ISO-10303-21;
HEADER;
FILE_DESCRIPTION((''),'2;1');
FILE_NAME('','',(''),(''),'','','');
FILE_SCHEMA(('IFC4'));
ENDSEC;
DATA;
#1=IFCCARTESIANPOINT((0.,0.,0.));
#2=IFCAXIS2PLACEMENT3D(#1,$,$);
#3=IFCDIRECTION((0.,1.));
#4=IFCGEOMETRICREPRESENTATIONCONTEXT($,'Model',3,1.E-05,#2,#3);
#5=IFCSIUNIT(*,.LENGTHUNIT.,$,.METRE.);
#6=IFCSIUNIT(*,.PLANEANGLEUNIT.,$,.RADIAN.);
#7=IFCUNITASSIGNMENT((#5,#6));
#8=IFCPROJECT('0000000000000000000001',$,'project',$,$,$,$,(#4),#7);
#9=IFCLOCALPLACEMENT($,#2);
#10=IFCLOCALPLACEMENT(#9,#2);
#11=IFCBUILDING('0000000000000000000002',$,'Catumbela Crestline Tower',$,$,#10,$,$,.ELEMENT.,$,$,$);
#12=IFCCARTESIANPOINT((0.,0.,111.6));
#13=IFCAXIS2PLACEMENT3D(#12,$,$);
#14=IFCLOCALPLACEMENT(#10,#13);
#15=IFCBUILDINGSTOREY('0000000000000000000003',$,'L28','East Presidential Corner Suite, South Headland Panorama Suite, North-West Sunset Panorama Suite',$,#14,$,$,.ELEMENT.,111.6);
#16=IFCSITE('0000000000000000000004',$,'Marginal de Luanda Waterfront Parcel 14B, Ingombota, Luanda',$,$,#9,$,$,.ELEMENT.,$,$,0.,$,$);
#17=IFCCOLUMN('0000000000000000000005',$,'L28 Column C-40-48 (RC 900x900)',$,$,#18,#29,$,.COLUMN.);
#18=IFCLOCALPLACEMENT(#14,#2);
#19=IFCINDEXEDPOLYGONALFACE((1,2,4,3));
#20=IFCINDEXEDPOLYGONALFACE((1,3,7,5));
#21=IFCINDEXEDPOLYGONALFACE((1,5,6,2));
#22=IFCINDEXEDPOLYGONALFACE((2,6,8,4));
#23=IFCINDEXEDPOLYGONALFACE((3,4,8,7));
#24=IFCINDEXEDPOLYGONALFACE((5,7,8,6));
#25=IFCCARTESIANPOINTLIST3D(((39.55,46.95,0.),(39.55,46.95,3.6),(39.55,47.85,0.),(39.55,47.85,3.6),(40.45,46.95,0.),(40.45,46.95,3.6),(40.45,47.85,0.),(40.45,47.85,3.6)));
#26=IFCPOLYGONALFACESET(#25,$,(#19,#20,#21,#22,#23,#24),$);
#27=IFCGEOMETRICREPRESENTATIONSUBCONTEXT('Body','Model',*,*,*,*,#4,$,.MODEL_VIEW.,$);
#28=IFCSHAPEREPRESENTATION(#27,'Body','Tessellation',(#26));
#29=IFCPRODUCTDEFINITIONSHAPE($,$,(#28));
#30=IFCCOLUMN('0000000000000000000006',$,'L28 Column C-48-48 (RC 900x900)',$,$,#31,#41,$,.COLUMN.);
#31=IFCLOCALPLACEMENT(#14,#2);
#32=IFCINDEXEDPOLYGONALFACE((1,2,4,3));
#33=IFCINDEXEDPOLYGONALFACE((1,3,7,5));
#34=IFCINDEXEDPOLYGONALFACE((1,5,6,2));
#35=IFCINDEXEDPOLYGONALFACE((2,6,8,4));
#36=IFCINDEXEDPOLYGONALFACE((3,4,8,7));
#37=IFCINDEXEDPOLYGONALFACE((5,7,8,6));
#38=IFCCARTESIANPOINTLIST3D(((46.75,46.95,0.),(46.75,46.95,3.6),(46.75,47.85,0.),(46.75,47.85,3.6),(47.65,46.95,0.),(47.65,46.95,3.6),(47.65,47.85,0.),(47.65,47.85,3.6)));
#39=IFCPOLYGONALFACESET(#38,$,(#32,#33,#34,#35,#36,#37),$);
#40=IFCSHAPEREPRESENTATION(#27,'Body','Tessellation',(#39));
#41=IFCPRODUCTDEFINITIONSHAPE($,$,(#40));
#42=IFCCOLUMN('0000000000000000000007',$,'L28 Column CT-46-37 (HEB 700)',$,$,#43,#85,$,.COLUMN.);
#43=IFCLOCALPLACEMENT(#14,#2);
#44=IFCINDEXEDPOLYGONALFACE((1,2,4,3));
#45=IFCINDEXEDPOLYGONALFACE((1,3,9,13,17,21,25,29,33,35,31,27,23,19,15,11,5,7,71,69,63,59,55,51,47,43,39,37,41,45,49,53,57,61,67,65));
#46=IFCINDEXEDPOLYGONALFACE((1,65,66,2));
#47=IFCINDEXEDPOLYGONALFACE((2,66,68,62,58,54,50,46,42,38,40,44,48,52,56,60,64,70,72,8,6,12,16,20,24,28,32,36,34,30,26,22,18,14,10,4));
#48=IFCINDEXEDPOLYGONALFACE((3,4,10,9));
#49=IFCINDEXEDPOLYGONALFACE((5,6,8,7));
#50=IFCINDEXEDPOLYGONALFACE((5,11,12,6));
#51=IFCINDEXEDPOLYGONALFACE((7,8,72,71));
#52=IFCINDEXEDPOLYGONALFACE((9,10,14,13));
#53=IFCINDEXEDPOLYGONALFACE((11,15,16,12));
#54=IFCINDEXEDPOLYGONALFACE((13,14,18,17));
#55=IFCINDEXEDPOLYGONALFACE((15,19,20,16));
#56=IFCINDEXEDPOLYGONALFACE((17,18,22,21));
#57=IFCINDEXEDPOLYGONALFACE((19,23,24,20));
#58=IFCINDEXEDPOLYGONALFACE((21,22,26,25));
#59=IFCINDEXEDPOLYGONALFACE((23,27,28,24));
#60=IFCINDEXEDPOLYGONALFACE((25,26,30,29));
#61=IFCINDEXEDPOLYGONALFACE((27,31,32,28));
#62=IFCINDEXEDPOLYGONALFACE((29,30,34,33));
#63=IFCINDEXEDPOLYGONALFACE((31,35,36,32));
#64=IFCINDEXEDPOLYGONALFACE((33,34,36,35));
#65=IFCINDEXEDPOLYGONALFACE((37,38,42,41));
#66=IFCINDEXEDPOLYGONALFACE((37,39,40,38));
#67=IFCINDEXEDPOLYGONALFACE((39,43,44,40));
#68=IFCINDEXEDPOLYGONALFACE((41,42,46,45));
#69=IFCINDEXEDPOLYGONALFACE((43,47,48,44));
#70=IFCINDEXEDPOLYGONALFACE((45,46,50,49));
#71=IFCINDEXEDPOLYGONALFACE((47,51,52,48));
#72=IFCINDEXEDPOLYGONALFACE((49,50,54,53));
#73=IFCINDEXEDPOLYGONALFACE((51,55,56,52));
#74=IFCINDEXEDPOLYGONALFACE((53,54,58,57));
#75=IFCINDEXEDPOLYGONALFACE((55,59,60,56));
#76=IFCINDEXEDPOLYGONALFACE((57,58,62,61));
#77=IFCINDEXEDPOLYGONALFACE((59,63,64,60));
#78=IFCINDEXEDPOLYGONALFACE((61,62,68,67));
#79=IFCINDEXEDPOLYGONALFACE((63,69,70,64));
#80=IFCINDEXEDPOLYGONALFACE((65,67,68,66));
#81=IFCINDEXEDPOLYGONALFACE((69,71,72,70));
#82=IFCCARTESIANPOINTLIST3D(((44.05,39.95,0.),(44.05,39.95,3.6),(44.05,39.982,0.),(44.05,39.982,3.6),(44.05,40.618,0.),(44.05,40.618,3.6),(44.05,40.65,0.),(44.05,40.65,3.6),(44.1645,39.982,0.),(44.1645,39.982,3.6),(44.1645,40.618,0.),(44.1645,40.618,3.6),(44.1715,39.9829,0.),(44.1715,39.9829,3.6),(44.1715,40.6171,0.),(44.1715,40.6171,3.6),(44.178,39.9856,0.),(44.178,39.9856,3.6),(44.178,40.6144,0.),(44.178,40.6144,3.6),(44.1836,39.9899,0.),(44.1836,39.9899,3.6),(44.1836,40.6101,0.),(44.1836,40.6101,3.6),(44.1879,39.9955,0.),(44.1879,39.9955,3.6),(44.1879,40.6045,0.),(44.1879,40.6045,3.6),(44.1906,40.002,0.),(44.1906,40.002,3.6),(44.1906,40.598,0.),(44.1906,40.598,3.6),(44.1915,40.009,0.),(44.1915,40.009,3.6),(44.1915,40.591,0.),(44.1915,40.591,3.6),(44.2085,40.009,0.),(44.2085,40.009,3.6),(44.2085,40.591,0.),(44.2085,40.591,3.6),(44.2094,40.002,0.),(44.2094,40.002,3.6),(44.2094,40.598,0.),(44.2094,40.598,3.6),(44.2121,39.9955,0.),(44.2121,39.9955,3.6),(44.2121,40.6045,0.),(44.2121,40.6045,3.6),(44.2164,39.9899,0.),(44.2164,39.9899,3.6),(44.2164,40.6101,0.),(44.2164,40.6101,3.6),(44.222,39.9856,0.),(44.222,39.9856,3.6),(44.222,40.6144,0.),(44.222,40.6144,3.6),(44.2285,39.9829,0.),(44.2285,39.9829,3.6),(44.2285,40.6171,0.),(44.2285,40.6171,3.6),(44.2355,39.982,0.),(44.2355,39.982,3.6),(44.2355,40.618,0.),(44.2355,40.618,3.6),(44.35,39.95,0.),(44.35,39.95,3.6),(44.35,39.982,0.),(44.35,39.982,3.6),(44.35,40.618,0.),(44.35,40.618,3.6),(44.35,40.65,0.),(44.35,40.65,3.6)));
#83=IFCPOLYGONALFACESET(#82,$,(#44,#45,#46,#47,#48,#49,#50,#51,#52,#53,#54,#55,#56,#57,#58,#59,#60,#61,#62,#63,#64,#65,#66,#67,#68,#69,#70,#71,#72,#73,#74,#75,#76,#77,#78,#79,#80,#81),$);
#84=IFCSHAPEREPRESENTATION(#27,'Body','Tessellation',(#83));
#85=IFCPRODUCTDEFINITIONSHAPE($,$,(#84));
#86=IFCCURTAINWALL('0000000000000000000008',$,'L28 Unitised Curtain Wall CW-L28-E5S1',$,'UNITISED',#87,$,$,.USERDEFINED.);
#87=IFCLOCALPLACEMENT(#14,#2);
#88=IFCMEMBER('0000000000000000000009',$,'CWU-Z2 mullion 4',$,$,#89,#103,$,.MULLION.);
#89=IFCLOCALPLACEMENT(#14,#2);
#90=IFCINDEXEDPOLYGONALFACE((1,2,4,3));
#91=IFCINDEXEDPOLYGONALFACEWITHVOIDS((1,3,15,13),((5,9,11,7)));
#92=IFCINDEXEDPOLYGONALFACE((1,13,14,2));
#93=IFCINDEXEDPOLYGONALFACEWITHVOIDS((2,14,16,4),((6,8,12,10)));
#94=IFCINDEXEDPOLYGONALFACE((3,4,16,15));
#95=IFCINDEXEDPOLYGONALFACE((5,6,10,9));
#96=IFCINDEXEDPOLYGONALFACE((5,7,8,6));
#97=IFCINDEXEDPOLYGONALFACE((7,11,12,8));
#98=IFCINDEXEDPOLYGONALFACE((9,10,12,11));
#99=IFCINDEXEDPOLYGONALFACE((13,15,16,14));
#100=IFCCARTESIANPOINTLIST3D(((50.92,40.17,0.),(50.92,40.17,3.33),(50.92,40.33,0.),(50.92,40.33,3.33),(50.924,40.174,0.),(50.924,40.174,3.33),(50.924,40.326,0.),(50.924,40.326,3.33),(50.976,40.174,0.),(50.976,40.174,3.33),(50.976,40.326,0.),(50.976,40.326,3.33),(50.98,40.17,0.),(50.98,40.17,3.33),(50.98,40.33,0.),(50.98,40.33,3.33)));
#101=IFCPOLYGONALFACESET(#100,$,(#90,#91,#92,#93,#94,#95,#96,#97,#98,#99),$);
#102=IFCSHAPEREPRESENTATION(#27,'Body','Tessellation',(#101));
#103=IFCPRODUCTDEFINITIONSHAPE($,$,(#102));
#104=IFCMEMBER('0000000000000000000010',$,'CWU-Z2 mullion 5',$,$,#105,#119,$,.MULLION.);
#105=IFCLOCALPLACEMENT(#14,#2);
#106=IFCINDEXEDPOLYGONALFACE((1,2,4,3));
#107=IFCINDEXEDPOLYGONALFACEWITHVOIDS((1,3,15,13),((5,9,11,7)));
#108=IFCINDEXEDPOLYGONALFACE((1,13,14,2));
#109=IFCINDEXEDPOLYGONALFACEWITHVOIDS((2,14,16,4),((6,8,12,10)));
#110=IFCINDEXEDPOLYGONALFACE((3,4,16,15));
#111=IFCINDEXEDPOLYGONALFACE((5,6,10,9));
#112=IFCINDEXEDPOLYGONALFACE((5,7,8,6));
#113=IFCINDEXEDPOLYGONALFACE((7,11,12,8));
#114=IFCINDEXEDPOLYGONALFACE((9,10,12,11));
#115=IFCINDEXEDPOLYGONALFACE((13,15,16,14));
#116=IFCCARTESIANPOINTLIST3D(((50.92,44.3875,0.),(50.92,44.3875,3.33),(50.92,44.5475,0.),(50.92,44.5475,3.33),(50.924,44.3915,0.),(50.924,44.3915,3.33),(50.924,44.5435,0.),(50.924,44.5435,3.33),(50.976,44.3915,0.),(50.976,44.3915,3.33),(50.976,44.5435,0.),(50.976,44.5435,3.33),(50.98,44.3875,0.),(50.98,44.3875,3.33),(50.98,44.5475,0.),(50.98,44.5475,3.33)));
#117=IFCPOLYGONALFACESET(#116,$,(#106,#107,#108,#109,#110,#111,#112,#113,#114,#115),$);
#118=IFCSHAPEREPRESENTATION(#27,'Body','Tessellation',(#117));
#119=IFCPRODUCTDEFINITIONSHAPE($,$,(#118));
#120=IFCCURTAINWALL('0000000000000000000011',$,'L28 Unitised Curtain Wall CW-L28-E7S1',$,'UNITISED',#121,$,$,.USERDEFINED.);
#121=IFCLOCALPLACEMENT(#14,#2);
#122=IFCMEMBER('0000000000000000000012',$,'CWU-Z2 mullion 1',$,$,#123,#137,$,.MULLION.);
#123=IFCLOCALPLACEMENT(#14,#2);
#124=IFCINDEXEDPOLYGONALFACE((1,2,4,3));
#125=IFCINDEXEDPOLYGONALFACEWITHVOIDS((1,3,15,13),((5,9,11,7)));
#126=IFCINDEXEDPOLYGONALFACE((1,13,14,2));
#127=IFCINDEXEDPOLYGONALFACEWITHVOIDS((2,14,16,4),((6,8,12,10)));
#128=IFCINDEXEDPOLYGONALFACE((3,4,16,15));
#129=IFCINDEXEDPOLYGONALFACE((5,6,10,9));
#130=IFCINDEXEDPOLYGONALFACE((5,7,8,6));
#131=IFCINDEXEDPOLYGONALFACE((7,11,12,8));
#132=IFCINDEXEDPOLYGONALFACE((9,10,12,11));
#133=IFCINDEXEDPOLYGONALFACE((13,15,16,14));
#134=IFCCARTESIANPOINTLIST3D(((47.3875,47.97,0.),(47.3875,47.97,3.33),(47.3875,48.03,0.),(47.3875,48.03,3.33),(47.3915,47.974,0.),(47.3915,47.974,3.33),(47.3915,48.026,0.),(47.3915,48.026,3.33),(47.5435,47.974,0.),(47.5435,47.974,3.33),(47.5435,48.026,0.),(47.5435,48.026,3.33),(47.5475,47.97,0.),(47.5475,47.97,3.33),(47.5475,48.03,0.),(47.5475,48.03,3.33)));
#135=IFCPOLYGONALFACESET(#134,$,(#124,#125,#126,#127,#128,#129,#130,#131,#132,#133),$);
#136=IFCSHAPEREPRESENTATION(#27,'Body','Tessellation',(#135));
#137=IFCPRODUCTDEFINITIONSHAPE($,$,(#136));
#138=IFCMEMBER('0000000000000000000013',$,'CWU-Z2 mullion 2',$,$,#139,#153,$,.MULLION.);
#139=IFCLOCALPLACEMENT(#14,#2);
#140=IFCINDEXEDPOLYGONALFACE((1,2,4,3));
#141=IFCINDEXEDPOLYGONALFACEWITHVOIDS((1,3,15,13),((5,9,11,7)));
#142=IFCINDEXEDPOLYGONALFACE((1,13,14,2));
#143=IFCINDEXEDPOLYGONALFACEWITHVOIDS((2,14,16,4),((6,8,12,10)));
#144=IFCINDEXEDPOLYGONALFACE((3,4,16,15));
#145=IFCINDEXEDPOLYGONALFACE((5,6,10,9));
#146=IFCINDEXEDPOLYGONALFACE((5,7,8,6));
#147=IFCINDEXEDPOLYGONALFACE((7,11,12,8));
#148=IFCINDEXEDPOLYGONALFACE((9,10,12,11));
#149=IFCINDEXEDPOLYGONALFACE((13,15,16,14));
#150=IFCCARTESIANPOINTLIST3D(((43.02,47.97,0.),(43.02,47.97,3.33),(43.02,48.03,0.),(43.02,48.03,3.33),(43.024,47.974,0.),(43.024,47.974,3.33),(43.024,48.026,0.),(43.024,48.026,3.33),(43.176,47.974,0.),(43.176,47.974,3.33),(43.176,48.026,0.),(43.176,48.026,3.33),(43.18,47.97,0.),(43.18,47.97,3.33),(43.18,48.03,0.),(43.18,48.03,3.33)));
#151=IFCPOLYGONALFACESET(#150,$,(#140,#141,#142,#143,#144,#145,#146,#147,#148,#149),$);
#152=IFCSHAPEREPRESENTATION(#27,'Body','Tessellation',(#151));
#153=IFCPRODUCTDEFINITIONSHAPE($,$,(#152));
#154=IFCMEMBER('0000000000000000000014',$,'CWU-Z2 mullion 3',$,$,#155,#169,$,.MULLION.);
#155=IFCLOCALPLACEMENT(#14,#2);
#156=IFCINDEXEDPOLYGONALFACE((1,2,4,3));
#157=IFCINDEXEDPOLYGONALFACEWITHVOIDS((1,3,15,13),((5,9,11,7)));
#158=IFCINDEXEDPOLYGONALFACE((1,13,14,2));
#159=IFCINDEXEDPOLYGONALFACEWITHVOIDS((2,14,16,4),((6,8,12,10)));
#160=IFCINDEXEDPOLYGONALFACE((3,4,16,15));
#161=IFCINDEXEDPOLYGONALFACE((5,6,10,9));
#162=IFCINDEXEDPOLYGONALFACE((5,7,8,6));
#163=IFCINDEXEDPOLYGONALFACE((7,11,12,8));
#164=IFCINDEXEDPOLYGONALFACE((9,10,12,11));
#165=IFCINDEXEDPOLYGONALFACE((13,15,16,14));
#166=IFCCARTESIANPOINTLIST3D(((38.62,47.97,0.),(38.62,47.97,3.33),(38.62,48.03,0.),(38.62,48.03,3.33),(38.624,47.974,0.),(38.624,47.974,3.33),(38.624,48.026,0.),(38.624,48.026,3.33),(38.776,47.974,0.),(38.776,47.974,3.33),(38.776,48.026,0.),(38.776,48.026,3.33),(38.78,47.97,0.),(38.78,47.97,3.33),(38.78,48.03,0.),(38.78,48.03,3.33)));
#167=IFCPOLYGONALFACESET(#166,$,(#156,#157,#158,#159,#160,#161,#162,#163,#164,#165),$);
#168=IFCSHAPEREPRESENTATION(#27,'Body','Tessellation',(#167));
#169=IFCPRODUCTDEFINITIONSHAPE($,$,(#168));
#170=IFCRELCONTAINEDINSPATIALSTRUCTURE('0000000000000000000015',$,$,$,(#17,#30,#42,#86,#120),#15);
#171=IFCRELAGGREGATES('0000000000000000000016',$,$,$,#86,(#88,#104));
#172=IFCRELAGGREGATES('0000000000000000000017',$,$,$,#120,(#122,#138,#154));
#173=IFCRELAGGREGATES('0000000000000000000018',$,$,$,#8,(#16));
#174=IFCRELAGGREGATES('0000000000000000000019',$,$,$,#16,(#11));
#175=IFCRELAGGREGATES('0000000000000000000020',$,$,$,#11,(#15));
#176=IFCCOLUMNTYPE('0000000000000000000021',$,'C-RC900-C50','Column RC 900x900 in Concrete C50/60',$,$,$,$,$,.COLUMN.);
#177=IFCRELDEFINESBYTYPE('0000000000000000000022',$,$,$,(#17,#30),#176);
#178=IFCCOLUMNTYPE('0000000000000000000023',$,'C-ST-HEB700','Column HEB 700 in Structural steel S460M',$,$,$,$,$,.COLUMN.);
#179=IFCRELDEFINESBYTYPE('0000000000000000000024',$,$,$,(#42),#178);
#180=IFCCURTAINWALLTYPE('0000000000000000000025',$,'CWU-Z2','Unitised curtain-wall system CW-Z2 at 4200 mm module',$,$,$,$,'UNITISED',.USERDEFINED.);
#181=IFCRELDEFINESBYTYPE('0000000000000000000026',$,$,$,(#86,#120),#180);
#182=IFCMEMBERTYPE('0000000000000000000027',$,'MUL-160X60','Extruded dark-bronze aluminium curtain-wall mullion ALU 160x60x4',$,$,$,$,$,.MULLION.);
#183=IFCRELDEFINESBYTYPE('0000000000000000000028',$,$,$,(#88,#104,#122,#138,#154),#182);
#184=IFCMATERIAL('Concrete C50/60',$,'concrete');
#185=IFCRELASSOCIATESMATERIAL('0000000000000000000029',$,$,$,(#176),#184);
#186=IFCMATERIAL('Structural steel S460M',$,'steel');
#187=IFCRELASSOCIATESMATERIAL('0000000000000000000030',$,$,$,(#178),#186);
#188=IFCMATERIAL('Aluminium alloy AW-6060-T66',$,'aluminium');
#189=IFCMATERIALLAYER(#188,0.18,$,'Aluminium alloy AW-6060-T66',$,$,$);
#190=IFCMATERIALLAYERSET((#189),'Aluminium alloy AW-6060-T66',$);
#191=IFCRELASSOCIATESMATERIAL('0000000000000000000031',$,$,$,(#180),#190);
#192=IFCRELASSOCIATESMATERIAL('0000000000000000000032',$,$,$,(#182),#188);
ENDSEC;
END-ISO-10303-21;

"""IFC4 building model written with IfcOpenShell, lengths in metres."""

from ifc_helpers import new_model, si_unit, direction, frame, origin, origin_2d, place, context, subcontext, project, spatial, rectangle, hollow_rectangle, i_section, extrude, material, layer, layer_set, material_profile, profile_set, type_object, element, aggregate, save


model = new_model("IFC4")

# Units and contexts
model_context = context("Model", 3, precision=1e-05, world=origin(), true_north=direction((0.0, 1.0)))
body_context = subcontext(model_context, "Body", "Model", "MODEL_VIEW")
ifc_project = project(units=[si_unit("LENGTHUNIT", "METRE"), si_unit("PLANEANGLEUNIT", "RADIAN")], contexts=[model_context])

# Site, building, storey
site_placement = place(None, origin())
site = spatial("IfcSite", under=ifc_project, at=site_placement, Name="Marginal de Luanda Waterfront Parcel 14B, Ingombota, Luanda", CompositionType="ELEMENT", RefElevation=0.0)
building_placement = place(site_placement, origin())
building = spatial("IfcBuilding", under=site, at=building_placement, Name="Catumbela Crestline Tower", CompositionType="ELEMENT")
storey_placement = place(building_placement, frame((0.0, 0.0, 111.6)))
storey = spatial("IfcBuildingStorey", under=building, at=storey_placement, Name="L28", Description="East Presidential Corner Suite, South Headland Panorama Suite, North-West Sunset Panorama Suite", CompositionType="ELEMENT", Elevation=111.6)

# Columns
ifc_material_1 = material(Name="Concrete C50/60", Category="concrete")
ifc_material_profile_1 = material_profile(ifc_material_1, rectangle(XDim=0.9, YDim=0.9, at=origin_2d()), Name="RC 900x900")
ifc_profile_set_1 = profile_set([ifc_material_profile_1], Name="Concrete C50/60")
column_type_1 = type_object("IfcColumnType", Name="C-RC900-C50", Description="Column RC 900x900 in Concrete C50/60", PredefinedType="COLUMN", material=ifc_profile_set_1)
for number, where, z_axis, x_axis, name in (
    (1, (40.0, 47.4, 0.0), (0.0, 0.0, 1.0), (1.0, 0.0, 0.0), "L28 Column C-40-48 (RC 900x900)"),
    (2, (47.2, 47.4, 0.0), (0.0, 0.0, 1.0), (1.0, 0.0, 0.0), "L28 Column C-48-48 (RC 900x900)"),
):
    element("IfcColumn", number, at=place(storey_placement, frame(where, z_axis=z_axis, x_axis=x_axis)), inside=storey, type_object=column_type_1, Name=name, PredefinedType="COLUMN", context=body_context, shape_type="SweptSolid", body=[
        extrude(rectangle(XDim=0.9, YDim=0.9, at=origin_2d()), origin(), (0.0, 0.0, 1.0), 3.6),
    ])
ifc_material_2 = material(Name="Structural steel S460M", Category="steel")
ifc_material_profile_2 = material_profile(ifc_material_2, i_section(OverallWidth=0.3, OverallDepth=0.7, WebThickness=0.017, FlangeThickness=0.032, FilletRadius=0.027, at=origin_2d()), Name="HEB 700")
ifc_profile_set_2 = profile_set([ifc_material_profile_2], Name="Structural steel S460M")
column_type_2 = type_object("IfcColumnType", Name="C-ST-HEB700", Description="Column HEB 700 in Structural steel S460M", PredefinedType="COLUMN", material=ifc_profile_set_2)
column_placement = place(storey_placement, frame((44.2, 40.3, 0.0), z_axis=(0.0, 0.0, 1.0), x_axis=(1.0, 0.0, 0.0)))
element("IfcColumn", 3, at=column_placement, inside=storey, type_object=column_type_2, Name="L28 Column CT-46-37 (HEB 700)", PredefinedType="COLUMN", context=body_context, shape_type="SweptSolid", body=[
    extrude(i_section(OverallWidth=0.3, OverallDepth=0.7, WebThickness=0.017, FlangeThickness=0.032, FilletRadius=0.027, at=origin_2d()), origin(), (0.0, 0.0, 1.0), 3.6),
])

# Curtain walls, members
ifc_material_3 = material(Name="Aluminium alloy AW-6060-T66", Category="aluminium")
ifc_layer_1 = layer(ifc_material_3, 0.18, Name="Aluminium alloy AW-6060-T66")
ifc_layer_set_1 = layer_set([ifc_layer_1], Name="Aluminium alloy AW-6060-T66")
curtain_wall_type = type_object("IfcCurtainWallType", Name="CWU-Z2", Description="Unitised curtain-wall system CW-Z2 at 4200 mm module", ElementType="UNITISED", PredefinedType="USERDEFINED", material=ifc_layer_set_1)
curtain_wall_1_placement = place(storey_placement, origin())
curtain_wall_1 = element("IfcCurtainWall", 4, at=curtain_wall_1_placement, inside=storey, type_object=curtain_wall_type, Name="L28 Unitised Curtain Wall CW-L28-E5S1", ObjectType="UNITISED", PredefinedType="USERDEFINED")
ifc_material_profile_3 = material_profile(ifc_material_3, hollow_rectangle(XDim=0.06, YDim=0.16, WallThickness=0.004, at=origin_2d()), Name="ALU 160x60x4")
ifc_profile_set_3 = profile_set([ifc_material_profile_3], Name="Aluminium alloy AW-6060-T66")
member_type_1 = type_object("IfcMemberType", Name="MUL-160X60", Description="Extruded dark-bronze aluminium curtain-wall mullion ALU 160x60x4", PredefinedType="MULLION", material=ifc_profile_set_3)
member_1_placement = place(storey_placement, frame((50.95, 40.25, 0.0), z_axis=(0.0, 0.0, 1.0), x_axis=(-1.0, 0.0, 0.0)))
member_1 = element("IfcMember", 5, at=member_1_placement, type_object=member_type_1, Name="CWU-Z2 mullion 4", PredefinedType="MULLION", context=body_context, shape_type="SweptSolid", body=[
    extrude(hollow_rectangle(XDim=0.06, YDim=0.16, WallThickness=0.004, at=origin_2d()), origin(), (0.0, 0.0, 1.0), 3.33),
])
member_2_placement = place(storey_placement, frame((50.95, 44.4675, 0.0), z_axis=(0.0, 0.0, 1.0), x_axis=(-1.0, 0.0, 0.0)))
member_2 = element("IfcMember", 6, at=member_2_placement, type_object=member_type_1, Name="CWU-Z2 mullion 5", PredefinedType="MULLION", context=body_context, shape_type="SweptSolid", body=[
    extrude(hollow_rectangle(XDim=0.06, YDim=0.16, WallThickness=0.004, at=origin_2d()), origin(), (0.0, 0.0, 1.0), 3.33),
])
curtain_wall_2_placement = place(storey_placement, origin())
curtain_wall_2 = element("IfcCurtainWall", 7, at=curtain_wall_2_placement, inside=storey, type_object=curtain_wall_type, Name="L28 Unitised Curtain Wall CW-L28-E7S1", ObjectType="UNITISED", PredefinedType="USERDEFINED")
member_3_placement = place(storey_placement, frame((47.4675, 48.0, 0.0), z_axis=(0.0, 0.0, 1.0), x_axis=(0.0, -1.0, 0.0)))
member_3 = element("IfcMember", 8, at=member_3_placement, type_object=member_type_1, Name="CWU-Z2 mullion 1", PredefinedType="MULLION", context=body_context, shape_type="SweptSolid", body=[
    extrude(hollow_rectangle(XDim=0.06, YDim=0.16, WallThickness=0.004, at=origin_2d()), origin(), (0.0, 0.0, 1.0), 3.33),
])
member_4_placement = place(storey_placement, frame((43.1, 48.0, 0.0), z_axis=(0.0, 0.0, 1.0), x_axis=(0.0, -1.0, 0.0)))
member_4 = element("IfcMember", 9, at=member_4_placement, type_object=member_type_1, Name="CWU-Z2 mullion 2", PredefinedType="MULLION", context=body_context, shape_type="SweptSolid", body=[
    extrude(hollow_rectangle(XDim=0.06, YDim=0.16, WallThickness=0.004, at=origin_2d()), origin(), (0.0, 0.0, 1.0), 3.33),
])
member_5_placement = place(storey_placement, frame((38.7, 48.0, 0.0), z_axis=(0.0, 0.0, 1.0), x_axis=(0.0, -1.0, 0.0)))
member_5 = element("IfcMember", 10, at=member_5_placement, type_object=member_type_1, Name="CWU-Z2 mullion 3", PredefinedType="MULLION", context=body_context, shape_type="SweptSolid", body=[
    extrude(hollow_rectangle(XDim=0.06, YDim=0.16, WallThickness=0.004, at=origin_2d()), origin(), (0.0, 0.0, 1.0), 3.33),
])

aggregate(curtain_wall_1, [member_1, member_2])
aggregate(curtain_wall_2, [member_3, member_4, member_5])

save(model, "model.ifc")
